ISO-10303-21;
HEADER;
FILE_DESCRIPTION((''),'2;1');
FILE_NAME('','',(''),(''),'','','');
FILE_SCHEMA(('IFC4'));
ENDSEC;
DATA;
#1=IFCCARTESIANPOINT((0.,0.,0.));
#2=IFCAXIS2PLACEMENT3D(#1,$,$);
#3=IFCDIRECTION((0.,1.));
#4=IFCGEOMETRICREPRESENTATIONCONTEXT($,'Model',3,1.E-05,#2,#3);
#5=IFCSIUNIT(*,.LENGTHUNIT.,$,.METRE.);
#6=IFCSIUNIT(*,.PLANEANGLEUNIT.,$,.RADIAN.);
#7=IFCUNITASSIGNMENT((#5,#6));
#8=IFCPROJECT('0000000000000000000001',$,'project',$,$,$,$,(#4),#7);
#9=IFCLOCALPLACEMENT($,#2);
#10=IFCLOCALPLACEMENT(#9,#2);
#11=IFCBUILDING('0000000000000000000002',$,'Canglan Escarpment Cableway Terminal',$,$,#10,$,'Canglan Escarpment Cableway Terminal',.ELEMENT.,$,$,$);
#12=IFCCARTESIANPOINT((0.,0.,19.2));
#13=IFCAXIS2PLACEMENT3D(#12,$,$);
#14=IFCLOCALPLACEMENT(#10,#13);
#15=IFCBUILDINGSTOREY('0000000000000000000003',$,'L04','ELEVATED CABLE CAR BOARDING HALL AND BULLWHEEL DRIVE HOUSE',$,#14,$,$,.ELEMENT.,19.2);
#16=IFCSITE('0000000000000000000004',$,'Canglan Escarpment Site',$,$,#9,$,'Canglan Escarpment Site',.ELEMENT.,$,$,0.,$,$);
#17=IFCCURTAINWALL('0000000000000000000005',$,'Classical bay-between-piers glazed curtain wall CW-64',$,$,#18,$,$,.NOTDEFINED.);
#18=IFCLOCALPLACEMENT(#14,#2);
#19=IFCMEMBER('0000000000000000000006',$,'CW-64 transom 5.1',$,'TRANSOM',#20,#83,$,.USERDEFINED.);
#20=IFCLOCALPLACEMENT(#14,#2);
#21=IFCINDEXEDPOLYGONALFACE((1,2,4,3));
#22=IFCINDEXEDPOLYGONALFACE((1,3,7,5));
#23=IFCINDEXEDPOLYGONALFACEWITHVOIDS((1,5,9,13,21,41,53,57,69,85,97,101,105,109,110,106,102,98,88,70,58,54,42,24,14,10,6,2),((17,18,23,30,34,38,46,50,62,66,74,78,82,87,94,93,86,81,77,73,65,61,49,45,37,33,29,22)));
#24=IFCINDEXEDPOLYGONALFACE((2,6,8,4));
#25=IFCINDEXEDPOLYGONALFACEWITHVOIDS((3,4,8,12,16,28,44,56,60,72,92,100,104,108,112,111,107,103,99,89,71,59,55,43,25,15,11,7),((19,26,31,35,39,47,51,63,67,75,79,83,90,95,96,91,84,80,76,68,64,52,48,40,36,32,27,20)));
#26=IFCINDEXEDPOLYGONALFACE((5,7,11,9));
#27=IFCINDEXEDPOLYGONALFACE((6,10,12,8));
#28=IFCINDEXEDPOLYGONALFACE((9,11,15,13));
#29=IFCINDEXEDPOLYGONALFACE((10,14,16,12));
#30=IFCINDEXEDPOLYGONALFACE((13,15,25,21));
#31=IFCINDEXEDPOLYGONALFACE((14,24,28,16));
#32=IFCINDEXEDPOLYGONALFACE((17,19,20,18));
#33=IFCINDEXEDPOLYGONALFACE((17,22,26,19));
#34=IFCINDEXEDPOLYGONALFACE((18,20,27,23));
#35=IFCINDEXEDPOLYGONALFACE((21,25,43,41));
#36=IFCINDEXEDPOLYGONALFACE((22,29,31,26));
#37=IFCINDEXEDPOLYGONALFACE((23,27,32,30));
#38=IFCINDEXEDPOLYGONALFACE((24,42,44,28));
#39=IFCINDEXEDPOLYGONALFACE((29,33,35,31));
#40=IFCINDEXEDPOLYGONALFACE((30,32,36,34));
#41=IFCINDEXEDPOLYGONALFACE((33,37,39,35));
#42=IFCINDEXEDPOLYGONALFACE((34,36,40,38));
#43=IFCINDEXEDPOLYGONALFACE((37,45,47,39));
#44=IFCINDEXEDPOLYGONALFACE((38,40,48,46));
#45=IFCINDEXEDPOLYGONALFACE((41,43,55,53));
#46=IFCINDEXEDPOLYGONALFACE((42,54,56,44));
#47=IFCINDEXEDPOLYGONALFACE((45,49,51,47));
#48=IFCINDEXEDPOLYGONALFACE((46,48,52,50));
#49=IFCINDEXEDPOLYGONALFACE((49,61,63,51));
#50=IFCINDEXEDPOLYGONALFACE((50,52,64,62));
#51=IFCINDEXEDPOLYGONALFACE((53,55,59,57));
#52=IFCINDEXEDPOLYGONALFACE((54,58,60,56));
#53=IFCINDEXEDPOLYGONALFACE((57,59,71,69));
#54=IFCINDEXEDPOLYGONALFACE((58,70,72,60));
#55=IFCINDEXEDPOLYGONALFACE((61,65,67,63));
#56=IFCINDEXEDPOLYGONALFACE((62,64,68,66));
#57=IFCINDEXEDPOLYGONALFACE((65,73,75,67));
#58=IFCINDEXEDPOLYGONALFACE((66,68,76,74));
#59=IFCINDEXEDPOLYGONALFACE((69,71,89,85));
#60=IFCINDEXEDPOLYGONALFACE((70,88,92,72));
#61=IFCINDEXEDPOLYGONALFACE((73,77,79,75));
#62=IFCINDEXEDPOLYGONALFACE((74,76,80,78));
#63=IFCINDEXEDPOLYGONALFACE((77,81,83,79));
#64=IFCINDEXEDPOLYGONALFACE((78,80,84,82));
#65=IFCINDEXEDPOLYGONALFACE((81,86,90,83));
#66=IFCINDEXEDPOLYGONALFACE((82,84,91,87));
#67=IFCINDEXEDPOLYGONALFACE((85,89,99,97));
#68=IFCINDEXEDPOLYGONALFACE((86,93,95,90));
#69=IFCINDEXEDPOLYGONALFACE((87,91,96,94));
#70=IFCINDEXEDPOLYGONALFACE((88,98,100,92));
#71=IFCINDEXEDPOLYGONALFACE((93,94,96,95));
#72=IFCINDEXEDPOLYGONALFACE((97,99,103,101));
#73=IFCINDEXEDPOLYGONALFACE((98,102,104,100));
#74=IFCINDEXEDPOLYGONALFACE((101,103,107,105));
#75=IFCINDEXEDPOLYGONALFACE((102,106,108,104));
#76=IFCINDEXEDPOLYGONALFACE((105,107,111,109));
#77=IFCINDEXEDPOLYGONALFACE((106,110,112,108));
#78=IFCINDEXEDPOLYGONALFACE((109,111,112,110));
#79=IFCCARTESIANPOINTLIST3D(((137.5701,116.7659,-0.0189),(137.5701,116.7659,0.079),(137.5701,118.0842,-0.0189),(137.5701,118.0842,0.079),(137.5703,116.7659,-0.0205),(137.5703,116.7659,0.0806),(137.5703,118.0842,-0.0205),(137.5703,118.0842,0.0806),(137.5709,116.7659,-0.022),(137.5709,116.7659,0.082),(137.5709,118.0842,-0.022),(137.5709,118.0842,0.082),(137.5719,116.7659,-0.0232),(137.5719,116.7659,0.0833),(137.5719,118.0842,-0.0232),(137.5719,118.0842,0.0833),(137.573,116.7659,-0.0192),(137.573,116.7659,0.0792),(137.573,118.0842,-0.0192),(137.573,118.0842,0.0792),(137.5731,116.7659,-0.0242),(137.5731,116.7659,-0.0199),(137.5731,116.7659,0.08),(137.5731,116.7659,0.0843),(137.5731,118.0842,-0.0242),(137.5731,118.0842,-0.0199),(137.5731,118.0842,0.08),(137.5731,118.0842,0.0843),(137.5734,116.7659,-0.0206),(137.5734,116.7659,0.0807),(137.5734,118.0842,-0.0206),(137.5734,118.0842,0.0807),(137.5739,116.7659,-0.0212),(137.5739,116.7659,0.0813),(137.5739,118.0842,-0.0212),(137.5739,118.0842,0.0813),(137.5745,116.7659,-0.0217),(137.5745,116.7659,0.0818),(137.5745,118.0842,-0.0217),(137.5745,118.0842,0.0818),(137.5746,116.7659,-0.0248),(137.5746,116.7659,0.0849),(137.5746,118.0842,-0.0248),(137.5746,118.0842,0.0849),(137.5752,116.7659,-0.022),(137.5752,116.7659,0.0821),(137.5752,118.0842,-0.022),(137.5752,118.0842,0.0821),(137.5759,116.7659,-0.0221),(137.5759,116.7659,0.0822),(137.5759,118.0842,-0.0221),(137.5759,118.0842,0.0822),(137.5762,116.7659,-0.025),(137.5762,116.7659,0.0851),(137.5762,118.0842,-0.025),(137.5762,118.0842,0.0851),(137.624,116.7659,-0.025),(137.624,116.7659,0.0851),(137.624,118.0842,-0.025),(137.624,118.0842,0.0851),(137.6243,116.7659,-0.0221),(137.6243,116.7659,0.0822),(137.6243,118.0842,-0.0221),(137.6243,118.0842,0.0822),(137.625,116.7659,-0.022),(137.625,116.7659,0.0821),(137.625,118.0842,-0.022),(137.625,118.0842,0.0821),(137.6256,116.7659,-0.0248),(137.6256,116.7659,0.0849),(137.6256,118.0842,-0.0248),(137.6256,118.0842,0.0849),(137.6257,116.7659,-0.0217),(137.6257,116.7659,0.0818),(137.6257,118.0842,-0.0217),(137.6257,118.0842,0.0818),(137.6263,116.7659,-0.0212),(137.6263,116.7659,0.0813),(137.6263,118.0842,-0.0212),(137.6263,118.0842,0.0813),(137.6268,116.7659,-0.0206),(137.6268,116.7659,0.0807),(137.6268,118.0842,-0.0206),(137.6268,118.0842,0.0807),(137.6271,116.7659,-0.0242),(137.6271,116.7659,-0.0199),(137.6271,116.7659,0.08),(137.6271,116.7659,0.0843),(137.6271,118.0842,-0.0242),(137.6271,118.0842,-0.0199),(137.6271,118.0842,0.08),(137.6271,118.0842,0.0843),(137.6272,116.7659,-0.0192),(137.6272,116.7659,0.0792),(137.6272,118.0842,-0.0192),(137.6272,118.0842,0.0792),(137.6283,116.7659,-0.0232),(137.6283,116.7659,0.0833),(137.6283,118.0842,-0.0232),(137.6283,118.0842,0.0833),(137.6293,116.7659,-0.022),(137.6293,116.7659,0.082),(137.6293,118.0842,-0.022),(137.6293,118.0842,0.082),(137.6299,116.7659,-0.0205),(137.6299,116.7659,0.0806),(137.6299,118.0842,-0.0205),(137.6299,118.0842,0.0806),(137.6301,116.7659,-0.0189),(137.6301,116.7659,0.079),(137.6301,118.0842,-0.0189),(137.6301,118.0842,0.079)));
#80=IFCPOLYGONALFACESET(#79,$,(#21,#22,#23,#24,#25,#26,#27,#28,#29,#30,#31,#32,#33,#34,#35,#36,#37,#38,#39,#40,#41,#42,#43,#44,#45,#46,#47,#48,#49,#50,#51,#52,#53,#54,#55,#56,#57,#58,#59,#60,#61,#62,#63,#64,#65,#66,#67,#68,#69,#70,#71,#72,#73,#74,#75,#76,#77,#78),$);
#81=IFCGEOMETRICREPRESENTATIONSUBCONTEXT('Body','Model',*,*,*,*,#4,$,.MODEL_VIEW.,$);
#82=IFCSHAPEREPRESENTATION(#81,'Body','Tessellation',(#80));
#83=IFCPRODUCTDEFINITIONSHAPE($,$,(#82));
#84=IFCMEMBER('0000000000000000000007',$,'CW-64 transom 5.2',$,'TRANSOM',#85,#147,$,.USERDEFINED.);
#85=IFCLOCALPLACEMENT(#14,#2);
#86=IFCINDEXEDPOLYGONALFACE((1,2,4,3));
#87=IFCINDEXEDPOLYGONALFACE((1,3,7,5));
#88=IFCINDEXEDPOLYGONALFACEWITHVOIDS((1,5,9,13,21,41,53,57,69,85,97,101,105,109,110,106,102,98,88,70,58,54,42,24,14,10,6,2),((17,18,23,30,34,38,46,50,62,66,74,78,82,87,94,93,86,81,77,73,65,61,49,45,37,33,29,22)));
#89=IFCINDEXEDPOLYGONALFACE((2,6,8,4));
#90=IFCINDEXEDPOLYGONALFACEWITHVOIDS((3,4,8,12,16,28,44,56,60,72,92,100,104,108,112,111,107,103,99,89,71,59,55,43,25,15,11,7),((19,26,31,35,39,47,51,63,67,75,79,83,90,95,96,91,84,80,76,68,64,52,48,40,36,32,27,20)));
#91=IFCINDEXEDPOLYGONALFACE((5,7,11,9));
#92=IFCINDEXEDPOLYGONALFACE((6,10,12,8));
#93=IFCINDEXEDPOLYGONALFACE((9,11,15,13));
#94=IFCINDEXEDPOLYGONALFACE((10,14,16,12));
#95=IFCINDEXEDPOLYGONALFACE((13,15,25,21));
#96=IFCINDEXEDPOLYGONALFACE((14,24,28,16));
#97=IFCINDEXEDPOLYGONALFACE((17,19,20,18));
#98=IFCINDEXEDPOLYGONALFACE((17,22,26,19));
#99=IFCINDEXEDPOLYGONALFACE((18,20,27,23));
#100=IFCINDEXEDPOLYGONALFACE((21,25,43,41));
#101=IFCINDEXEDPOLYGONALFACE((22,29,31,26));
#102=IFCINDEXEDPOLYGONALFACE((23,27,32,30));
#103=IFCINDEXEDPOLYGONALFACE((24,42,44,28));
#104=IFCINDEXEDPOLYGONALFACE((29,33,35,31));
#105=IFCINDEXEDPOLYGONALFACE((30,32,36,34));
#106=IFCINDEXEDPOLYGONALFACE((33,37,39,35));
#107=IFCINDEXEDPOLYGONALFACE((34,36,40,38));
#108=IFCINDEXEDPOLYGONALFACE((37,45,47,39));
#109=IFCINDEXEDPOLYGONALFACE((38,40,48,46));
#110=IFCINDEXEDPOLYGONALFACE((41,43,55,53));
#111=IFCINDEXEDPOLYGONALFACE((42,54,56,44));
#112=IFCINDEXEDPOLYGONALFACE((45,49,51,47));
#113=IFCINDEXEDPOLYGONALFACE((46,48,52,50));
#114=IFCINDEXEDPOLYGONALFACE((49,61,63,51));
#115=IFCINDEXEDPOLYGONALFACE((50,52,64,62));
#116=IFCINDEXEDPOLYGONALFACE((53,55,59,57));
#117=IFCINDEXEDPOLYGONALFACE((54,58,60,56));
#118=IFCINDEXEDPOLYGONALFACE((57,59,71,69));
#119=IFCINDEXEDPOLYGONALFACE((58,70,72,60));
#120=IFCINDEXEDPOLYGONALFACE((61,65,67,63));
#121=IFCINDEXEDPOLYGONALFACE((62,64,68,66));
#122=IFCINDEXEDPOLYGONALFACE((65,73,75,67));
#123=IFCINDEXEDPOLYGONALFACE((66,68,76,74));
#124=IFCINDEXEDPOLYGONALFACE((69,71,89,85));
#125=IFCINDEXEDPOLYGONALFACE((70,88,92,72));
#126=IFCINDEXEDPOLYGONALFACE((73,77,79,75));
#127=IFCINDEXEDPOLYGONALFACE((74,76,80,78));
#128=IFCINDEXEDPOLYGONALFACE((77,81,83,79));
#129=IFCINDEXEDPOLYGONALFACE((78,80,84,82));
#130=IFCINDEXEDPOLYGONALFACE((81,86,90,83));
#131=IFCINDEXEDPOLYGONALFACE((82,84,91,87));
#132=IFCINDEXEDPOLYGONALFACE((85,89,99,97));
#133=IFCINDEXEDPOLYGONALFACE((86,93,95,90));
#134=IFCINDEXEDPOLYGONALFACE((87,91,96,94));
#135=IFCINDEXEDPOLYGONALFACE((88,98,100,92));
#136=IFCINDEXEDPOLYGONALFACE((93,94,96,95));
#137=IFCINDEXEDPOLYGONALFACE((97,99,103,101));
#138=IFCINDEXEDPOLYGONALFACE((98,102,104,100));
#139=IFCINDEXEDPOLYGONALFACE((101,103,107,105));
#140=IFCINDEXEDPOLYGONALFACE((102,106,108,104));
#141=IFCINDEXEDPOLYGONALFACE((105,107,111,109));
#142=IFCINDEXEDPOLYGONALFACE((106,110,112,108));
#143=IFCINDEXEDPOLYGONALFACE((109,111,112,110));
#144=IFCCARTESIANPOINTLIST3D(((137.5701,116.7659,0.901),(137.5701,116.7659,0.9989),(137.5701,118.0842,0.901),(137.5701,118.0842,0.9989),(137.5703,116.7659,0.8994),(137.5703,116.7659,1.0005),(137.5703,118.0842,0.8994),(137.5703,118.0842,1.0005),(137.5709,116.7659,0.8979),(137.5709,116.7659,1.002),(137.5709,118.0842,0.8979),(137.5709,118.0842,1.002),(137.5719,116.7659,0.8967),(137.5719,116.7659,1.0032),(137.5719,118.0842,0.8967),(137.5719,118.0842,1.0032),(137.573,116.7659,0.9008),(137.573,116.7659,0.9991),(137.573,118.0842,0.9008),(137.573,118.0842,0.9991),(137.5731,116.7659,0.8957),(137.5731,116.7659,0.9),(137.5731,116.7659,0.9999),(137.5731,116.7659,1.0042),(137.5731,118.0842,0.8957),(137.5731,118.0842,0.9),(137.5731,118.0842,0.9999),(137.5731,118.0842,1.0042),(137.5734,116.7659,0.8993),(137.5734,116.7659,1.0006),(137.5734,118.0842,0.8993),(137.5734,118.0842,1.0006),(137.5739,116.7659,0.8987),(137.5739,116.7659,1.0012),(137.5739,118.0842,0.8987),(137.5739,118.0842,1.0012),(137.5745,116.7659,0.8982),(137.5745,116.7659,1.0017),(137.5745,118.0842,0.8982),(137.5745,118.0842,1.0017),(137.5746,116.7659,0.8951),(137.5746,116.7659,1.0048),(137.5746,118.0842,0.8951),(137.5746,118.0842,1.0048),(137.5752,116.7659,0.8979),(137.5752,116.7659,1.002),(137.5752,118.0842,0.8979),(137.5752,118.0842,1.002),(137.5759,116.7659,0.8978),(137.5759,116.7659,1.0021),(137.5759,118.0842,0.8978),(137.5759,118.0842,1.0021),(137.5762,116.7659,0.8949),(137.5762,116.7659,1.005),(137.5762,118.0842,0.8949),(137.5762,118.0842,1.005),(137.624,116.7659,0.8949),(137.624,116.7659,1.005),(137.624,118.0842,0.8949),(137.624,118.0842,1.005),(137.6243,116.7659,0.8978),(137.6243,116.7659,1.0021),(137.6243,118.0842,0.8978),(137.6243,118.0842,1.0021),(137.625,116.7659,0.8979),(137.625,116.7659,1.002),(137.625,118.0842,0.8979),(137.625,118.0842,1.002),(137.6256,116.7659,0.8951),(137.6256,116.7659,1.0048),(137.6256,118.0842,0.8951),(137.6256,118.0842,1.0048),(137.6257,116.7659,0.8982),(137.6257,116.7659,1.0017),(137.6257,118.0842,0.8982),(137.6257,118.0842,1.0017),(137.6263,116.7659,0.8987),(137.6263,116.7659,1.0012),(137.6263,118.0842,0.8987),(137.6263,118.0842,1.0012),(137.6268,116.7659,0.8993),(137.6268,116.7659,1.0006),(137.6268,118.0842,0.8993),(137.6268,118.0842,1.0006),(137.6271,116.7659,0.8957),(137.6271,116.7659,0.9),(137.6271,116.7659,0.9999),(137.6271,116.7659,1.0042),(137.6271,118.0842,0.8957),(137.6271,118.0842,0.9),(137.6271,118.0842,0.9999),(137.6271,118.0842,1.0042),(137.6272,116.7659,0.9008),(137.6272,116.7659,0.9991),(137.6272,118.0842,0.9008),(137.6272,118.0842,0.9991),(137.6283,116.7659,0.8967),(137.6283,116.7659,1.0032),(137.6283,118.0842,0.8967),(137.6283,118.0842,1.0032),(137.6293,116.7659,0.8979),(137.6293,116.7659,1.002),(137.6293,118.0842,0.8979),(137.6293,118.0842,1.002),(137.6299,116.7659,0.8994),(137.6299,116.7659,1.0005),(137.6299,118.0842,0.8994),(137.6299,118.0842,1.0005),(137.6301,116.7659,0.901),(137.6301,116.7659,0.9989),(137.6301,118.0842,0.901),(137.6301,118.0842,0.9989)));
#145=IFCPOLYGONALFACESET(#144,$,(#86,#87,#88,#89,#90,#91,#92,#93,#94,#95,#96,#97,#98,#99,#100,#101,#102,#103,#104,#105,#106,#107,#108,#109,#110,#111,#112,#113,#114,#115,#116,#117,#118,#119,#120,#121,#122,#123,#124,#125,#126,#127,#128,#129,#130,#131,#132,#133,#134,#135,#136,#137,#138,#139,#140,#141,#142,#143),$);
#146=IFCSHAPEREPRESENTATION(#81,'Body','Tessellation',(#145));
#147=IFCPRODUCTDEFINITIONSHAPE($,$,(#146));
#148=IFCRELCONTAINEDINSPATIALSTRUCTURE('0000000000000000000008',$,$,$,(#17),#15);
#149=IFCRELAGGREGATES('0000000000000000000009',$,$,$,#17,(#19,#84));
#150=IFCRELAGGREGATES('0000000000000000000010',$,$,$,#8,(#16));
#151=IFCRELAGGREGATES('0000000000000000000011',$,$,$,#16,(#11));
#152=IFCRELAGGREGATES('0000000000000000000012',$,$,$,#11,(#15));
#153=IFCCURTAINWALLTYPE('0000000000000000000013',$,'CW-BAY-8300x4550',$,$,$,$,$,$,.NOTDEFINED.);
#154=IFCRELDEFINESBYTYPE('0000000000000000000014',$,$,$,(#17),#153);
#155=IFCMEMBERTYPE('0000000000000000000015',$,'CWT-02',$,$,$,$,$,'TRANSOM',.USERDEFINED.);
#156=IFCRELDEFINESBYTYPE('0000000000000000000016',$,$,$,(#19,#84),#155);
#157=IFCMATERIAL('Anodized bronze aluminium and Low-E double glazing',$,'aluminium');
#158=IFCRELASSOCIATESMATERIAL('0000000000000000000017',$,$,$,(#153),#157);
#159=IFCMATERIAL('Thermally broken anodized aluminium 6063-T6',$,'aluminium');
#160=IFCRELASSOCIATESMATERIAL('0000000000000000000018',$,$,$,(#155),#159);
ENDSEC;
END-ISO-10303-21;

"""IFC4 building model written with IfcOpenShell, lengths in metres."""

from ifc_helpers import new_model, si_unit, direction, frame, origin, origin_2d, place, context, subcontext, project, spatial, hollow_rectangle, extrude, material, material_profile, profile_set, type_object, element, aggregate, save


model = new_model("IFC4")

# Units and contexts
model_context = context("Model", 3, precision=1e-05, world=origin(), true_north=direction((0.0, 1.0)))
body_context = subcontext(model_context, "Body", "Model", "MODEL_VIEW")
ifc_project = project(units=[si_unit("LENGTHUNIT", "METRE"), si_unit("PLANEANGLEUNIT", "RADIAN")], contexts=[model_context])

# Site, building, storey
site_placement = place(None, origin())
site = spatial("IfcSite", under=ifc_project, at=site_placement, Name="Canglan Escarpment Site", LongName="Canglan Escarpment Site", CompositionType="ELEMENT", RefElevation=0.0)
building_placement = place(site_placement, origin())
building = spatial("IfcBuilding", under=site, at=building_placement, Name="Canglan Escarpment Cableway Terminal", LongName="Canglan Escarpment Cableway Terminal", CompositionType="ELEMENT")
storey_placement = place(building_placement, frame((0.0, 0.0, 19.2)))
storey = spatial("IfcBuildingStorey", under=building, at=storey_placement, Name="L04", Description="ELEVATED CABLE CAR BOARDING HALL AND BULLWHEEL DRIVE HOUSE", CompositionType="ELEMENT", Elevation=19.2)

# Curtain wall, members
ifc_material_1 = material(Name="Anodized bronze aluminium and Low-E double glazing", Category="aluminium")
curtain_wall_type = type_object("IfcCurtainWallType", Name="CW-BAY-8300x4550", PredefinedType="NOTDEFINED", material=ifc_material_1)
curtain_wall_placement = place(storey_placement, origin())
curtain_wall = element("IfcCurtainWall", 1, at=curtain_wall_placement, inside=storey, type_object=curtain_wall_type, Name="Classical bay-between-piers glazed curtain wall CW-64", PredefinedType="NOTDEFINED")
ifc_material_2 = material(Name="Thermally broken anodized aluminium 6063-T6", Category="aluminium")
ifc_material_profile_1 = material_profile(ifc_material_2, hollow_rectangle(XDim=0.0601, YDim=0.1101, WallThickness=0.0029, InnerFilletRadius=0.0029, OuterFilletRadius=0.0061, at=origin_2d()), Name="ALU-TRAN 60x110x3")
ifc_profile_set_1 = profile_set([ifc_material_profile_1], Name="Thermally broken anodized aluminium 6063-T6")
member_type_1 = type_object("IfcMemberType", Name="CWT-02", ElementType="TRANSOM", PredefinedType="USERDEFINED", material=ifc_profile_set_1)
member_1_placement = place(storey_placement, frame((137.6001, 118.0842, 0.03), z_axis=(0.0, -1.0, 0.0), x_axis=(1.0, 0.0, 0.0)))
member_1 = element("IfcMember", 2, at=member_1_placement, type_object=member_type_1, Name="CW-64 transom 5.1", ObjectType="TRANSOM", PredefinedType="USERDEFINED", context=body_context, shape_type="SweptSolid", body=[
    extrude(hollow_rectangle(XDim=0.0601, YDim=0.1101, WallThickness=0.0029, InnerFilletRadius=0.0029, OuterFilletRadius=0.0061, at=origin_2d()), origin(), (0.0, 0.0, 1.0), 1.3184),
])
member_2_placement = place(storey_placement, frame((137.6001, 118.0842, 0.95), z_axis=(0.0, -1.0, 0.0), x_axis=(1.0, 0.0, 0.0)))
member_2 = element("IfcMember", 3, at=member_2_placement, type_object=member_type_1, Name="CW-64 transom 5.2", ObjectType="TRANSOM", PredefinedType="USERDEFINED", context=body_context, shape_type="SweptSolid", body=[
    extrude(hollow_rectangle(XDim=0.0601, YDim=0.1101, WallThickness=0.0029, InnerFilletRadius=0.0029, OuterFilletRadius=0.0061, at=origin_2d()), origin(), (0.0, 0.0, 1.0), 1.3184),
])
aggregate(curtain_wall, [member_1, member_2])

save(model, "model.ifc")
